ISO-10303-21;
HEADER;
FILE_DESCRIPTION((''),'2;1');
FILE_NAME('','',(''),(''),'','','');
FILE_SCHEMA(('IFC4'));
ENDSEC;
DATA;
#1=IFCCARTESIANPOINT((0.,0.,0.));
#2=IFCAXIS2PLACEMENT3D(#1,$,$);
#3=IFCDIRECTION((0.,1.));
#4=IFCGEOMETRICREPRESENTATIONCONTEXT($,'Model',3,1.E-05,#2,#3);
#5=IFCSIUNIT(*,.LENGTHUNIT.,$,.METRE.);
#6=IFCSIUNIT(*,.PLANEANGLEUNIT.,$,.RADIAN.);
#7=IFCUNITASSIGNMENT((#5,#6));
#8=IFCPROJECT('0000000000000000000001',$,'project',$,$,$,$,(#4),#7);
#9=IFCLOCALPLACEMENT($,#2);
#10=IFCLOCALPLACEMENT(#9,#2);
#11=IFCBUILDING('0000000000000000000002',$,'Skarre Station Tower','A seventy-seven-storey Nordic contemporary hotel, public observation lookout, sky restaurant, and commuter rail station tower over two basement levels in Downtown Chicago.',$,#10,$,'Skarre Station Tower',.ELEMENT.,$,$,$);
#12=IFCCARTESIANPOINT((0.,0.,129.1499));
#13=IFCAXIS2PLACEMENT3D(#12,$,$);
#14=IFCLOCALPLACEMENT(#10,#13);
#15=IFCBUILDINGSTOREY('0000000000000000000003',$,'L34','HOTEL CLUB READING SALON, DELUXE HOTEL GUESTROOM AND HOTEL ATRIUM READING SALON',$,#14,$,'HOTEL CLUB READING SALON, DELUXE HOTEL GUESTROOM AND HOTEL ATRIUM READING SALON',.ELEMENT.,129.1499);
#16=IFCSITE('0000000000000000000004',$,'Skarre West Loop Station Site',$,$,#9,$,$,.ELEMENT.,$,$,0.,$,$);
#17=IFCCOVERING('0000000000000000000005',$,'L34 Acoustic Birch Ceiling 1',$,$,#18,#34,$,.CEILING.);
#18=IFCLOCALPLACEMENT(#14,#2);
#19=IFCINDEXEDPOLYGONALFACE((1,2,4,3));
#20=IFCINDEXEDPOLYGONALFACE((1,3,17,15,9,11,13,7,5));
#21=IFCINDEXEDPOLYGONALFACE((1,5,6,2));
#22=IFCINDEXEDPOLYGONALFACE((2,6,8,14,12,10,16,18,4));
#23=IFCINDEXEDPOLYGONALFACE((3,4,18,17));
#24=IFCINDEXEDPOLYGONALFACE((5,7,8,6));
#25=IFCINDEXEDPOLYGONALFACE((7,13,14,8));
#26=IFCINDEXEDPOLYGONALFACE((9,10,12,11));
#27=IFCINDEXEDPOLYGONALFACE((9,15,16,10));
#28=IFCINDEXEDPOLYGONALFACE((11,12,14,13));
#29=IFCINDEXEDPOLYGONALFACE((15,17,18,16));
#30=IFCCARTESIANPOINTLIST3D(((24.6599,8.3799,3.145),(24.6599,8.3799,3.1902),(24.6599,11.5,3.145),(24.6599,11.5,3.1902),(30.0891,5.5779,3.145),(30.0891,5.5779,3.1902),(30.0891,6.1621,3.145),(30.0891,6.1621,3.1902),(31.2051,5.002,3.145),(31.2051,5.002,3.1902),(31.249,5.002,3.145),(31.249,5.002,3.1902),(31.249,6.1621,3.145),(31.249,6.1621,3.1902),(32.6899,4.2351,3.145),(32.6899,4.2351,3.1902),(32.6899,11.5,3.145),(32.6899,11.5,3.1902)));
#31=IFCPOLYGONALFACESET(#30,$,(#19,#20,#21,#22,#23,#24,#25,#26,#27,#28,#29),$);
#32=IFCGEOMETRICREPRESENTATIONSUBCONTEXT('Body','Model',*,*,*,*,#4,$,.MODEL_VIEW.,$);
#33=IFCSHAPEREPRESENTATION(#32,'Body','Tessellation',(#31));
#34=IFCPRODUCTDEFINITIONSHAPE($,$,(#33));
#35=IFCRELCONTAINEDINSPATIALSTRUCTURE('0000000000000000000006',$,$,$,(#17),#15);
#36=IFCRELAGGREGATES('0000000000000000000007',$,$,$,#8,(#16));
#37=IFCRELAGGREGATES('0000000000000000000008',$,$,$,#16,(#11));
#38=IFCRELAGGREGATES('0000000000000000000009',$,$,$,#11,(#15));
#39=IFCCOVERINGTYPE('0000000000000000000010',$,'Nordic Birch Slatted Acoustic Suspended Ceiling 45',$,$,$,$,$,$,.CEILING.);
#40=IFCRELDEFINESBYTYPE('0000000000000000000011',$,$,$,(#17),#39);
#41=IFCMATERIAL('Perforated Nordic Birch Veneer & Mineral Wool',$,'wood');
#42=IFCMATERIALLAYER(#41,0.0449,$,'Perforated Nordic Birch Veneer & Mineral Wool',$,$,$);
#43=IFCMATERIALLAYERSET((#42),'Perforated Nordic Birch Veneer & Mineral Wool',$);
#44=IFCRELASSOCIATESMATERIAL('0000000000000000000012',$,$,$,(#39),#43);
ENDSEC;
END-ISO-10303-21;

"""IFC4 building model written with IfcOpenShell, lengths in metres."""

from ifc_helpers import new_model, si_unit, direction, frame, origin, place, context, subcontext, project, spatial, polyline, outline, extrude, material, layer, layer_set, type_object, element, save


model = new_model("IFC4")

# Units and contexts
model_context = context("Model", 3, precision=1e-05, world=origin(), true_north=direction((0.0, 1.0)))
body_context = subcontext(model_context, "Body", "Model", "MODEL_VIEW")
ifc_project = project(units=[si_unit("LENGTHUNIT", "METRE"), si_unit("PLANEANGLEUNIT", "RADIAN")], contexts=[model_context])

# Site, building, storey
site_placement = place(None, origin())
site = spatial("IfcSite", under=ifc_project, at=site_placement, Name="Skarre West Loop Station Site", CompositionType="ELEMENT", RefElevation=0.0)
building_placement = place(site_placement, origin())
building = spatial("IfcBuilding", under=site, at=building_placement, Name="Skarre Station Tower", Description="A seventy-seven-storey Nordic contemporary hotel, public observation lookout, sky restaurant, and commuter rail station tower over two basement levels in Downtown Chicago.", LongName="Skarre Station Tower", CompositionType="ELEMENT")
storey_placement = place(building_placement, frame((0.0, 0.0, 129.1499)))
storey = spatial("IfcBuildingStorey", under=building, at=storey_placement, Name="L34", Description="HOTEL CLUB READING SALON, DELUXE HOTEL GUESTROOM AND HOTEL ATRIUM READING SALON", LongName="HOTEL CLUB READING SALON, DELUXE HOTEL GUESTROOM AND HOTEL ATRIUM READING SALON", CompositionType="ELEMENT", Elevation=129.1499)

# Covering
ifc_material_1 = material(Name="Perforated Nordic Birch Veneer & Mineral Wool", Category="wood")
ifc_layer_1 = layer(ifc_material_1, 0.0449, Name="Perforated Nordic Birch Veneer & Mineral Wool")
ifc_layer_set_1 = layer_set([ifc_layer_1], Name="Perforated Nordic Birch Veneer & Mineral Wool")
covering_type_1 = type_object("IfcCoveringType", Name="Nordic Birch Slatted Acoustic Suspended Ceiling 45", PredefinedType="CEILING", material=ifc_layer_set_1)
covering_1_placement = place(storey_placement, frame((0.0, 0.0, 3.145)))
element("IfcCovering", 1, at=covering_1_placement, inside=storey, type_object=covering_type_1, Name="L34 Acoustic Birch Ceiling 1", PredefinedType="CEILING", context=body_context, shape_type="SweptSolid", body=[
    extrude(outline(polyline([(24.6599, 8.3799), (30.0891, 5.5779), (30.0891, 6.1621), (31.249, 6.1621), (31.249, 5.002), (31.2051, 5.002), (32.6899, 4.2351), (32.6899, 11.5), (24.6599, 11.5), (24.6599, 8.3799)])), origin(), (0.0, 0.0, 1.0), 0.0452),
])

save(model, "model.ifc")
